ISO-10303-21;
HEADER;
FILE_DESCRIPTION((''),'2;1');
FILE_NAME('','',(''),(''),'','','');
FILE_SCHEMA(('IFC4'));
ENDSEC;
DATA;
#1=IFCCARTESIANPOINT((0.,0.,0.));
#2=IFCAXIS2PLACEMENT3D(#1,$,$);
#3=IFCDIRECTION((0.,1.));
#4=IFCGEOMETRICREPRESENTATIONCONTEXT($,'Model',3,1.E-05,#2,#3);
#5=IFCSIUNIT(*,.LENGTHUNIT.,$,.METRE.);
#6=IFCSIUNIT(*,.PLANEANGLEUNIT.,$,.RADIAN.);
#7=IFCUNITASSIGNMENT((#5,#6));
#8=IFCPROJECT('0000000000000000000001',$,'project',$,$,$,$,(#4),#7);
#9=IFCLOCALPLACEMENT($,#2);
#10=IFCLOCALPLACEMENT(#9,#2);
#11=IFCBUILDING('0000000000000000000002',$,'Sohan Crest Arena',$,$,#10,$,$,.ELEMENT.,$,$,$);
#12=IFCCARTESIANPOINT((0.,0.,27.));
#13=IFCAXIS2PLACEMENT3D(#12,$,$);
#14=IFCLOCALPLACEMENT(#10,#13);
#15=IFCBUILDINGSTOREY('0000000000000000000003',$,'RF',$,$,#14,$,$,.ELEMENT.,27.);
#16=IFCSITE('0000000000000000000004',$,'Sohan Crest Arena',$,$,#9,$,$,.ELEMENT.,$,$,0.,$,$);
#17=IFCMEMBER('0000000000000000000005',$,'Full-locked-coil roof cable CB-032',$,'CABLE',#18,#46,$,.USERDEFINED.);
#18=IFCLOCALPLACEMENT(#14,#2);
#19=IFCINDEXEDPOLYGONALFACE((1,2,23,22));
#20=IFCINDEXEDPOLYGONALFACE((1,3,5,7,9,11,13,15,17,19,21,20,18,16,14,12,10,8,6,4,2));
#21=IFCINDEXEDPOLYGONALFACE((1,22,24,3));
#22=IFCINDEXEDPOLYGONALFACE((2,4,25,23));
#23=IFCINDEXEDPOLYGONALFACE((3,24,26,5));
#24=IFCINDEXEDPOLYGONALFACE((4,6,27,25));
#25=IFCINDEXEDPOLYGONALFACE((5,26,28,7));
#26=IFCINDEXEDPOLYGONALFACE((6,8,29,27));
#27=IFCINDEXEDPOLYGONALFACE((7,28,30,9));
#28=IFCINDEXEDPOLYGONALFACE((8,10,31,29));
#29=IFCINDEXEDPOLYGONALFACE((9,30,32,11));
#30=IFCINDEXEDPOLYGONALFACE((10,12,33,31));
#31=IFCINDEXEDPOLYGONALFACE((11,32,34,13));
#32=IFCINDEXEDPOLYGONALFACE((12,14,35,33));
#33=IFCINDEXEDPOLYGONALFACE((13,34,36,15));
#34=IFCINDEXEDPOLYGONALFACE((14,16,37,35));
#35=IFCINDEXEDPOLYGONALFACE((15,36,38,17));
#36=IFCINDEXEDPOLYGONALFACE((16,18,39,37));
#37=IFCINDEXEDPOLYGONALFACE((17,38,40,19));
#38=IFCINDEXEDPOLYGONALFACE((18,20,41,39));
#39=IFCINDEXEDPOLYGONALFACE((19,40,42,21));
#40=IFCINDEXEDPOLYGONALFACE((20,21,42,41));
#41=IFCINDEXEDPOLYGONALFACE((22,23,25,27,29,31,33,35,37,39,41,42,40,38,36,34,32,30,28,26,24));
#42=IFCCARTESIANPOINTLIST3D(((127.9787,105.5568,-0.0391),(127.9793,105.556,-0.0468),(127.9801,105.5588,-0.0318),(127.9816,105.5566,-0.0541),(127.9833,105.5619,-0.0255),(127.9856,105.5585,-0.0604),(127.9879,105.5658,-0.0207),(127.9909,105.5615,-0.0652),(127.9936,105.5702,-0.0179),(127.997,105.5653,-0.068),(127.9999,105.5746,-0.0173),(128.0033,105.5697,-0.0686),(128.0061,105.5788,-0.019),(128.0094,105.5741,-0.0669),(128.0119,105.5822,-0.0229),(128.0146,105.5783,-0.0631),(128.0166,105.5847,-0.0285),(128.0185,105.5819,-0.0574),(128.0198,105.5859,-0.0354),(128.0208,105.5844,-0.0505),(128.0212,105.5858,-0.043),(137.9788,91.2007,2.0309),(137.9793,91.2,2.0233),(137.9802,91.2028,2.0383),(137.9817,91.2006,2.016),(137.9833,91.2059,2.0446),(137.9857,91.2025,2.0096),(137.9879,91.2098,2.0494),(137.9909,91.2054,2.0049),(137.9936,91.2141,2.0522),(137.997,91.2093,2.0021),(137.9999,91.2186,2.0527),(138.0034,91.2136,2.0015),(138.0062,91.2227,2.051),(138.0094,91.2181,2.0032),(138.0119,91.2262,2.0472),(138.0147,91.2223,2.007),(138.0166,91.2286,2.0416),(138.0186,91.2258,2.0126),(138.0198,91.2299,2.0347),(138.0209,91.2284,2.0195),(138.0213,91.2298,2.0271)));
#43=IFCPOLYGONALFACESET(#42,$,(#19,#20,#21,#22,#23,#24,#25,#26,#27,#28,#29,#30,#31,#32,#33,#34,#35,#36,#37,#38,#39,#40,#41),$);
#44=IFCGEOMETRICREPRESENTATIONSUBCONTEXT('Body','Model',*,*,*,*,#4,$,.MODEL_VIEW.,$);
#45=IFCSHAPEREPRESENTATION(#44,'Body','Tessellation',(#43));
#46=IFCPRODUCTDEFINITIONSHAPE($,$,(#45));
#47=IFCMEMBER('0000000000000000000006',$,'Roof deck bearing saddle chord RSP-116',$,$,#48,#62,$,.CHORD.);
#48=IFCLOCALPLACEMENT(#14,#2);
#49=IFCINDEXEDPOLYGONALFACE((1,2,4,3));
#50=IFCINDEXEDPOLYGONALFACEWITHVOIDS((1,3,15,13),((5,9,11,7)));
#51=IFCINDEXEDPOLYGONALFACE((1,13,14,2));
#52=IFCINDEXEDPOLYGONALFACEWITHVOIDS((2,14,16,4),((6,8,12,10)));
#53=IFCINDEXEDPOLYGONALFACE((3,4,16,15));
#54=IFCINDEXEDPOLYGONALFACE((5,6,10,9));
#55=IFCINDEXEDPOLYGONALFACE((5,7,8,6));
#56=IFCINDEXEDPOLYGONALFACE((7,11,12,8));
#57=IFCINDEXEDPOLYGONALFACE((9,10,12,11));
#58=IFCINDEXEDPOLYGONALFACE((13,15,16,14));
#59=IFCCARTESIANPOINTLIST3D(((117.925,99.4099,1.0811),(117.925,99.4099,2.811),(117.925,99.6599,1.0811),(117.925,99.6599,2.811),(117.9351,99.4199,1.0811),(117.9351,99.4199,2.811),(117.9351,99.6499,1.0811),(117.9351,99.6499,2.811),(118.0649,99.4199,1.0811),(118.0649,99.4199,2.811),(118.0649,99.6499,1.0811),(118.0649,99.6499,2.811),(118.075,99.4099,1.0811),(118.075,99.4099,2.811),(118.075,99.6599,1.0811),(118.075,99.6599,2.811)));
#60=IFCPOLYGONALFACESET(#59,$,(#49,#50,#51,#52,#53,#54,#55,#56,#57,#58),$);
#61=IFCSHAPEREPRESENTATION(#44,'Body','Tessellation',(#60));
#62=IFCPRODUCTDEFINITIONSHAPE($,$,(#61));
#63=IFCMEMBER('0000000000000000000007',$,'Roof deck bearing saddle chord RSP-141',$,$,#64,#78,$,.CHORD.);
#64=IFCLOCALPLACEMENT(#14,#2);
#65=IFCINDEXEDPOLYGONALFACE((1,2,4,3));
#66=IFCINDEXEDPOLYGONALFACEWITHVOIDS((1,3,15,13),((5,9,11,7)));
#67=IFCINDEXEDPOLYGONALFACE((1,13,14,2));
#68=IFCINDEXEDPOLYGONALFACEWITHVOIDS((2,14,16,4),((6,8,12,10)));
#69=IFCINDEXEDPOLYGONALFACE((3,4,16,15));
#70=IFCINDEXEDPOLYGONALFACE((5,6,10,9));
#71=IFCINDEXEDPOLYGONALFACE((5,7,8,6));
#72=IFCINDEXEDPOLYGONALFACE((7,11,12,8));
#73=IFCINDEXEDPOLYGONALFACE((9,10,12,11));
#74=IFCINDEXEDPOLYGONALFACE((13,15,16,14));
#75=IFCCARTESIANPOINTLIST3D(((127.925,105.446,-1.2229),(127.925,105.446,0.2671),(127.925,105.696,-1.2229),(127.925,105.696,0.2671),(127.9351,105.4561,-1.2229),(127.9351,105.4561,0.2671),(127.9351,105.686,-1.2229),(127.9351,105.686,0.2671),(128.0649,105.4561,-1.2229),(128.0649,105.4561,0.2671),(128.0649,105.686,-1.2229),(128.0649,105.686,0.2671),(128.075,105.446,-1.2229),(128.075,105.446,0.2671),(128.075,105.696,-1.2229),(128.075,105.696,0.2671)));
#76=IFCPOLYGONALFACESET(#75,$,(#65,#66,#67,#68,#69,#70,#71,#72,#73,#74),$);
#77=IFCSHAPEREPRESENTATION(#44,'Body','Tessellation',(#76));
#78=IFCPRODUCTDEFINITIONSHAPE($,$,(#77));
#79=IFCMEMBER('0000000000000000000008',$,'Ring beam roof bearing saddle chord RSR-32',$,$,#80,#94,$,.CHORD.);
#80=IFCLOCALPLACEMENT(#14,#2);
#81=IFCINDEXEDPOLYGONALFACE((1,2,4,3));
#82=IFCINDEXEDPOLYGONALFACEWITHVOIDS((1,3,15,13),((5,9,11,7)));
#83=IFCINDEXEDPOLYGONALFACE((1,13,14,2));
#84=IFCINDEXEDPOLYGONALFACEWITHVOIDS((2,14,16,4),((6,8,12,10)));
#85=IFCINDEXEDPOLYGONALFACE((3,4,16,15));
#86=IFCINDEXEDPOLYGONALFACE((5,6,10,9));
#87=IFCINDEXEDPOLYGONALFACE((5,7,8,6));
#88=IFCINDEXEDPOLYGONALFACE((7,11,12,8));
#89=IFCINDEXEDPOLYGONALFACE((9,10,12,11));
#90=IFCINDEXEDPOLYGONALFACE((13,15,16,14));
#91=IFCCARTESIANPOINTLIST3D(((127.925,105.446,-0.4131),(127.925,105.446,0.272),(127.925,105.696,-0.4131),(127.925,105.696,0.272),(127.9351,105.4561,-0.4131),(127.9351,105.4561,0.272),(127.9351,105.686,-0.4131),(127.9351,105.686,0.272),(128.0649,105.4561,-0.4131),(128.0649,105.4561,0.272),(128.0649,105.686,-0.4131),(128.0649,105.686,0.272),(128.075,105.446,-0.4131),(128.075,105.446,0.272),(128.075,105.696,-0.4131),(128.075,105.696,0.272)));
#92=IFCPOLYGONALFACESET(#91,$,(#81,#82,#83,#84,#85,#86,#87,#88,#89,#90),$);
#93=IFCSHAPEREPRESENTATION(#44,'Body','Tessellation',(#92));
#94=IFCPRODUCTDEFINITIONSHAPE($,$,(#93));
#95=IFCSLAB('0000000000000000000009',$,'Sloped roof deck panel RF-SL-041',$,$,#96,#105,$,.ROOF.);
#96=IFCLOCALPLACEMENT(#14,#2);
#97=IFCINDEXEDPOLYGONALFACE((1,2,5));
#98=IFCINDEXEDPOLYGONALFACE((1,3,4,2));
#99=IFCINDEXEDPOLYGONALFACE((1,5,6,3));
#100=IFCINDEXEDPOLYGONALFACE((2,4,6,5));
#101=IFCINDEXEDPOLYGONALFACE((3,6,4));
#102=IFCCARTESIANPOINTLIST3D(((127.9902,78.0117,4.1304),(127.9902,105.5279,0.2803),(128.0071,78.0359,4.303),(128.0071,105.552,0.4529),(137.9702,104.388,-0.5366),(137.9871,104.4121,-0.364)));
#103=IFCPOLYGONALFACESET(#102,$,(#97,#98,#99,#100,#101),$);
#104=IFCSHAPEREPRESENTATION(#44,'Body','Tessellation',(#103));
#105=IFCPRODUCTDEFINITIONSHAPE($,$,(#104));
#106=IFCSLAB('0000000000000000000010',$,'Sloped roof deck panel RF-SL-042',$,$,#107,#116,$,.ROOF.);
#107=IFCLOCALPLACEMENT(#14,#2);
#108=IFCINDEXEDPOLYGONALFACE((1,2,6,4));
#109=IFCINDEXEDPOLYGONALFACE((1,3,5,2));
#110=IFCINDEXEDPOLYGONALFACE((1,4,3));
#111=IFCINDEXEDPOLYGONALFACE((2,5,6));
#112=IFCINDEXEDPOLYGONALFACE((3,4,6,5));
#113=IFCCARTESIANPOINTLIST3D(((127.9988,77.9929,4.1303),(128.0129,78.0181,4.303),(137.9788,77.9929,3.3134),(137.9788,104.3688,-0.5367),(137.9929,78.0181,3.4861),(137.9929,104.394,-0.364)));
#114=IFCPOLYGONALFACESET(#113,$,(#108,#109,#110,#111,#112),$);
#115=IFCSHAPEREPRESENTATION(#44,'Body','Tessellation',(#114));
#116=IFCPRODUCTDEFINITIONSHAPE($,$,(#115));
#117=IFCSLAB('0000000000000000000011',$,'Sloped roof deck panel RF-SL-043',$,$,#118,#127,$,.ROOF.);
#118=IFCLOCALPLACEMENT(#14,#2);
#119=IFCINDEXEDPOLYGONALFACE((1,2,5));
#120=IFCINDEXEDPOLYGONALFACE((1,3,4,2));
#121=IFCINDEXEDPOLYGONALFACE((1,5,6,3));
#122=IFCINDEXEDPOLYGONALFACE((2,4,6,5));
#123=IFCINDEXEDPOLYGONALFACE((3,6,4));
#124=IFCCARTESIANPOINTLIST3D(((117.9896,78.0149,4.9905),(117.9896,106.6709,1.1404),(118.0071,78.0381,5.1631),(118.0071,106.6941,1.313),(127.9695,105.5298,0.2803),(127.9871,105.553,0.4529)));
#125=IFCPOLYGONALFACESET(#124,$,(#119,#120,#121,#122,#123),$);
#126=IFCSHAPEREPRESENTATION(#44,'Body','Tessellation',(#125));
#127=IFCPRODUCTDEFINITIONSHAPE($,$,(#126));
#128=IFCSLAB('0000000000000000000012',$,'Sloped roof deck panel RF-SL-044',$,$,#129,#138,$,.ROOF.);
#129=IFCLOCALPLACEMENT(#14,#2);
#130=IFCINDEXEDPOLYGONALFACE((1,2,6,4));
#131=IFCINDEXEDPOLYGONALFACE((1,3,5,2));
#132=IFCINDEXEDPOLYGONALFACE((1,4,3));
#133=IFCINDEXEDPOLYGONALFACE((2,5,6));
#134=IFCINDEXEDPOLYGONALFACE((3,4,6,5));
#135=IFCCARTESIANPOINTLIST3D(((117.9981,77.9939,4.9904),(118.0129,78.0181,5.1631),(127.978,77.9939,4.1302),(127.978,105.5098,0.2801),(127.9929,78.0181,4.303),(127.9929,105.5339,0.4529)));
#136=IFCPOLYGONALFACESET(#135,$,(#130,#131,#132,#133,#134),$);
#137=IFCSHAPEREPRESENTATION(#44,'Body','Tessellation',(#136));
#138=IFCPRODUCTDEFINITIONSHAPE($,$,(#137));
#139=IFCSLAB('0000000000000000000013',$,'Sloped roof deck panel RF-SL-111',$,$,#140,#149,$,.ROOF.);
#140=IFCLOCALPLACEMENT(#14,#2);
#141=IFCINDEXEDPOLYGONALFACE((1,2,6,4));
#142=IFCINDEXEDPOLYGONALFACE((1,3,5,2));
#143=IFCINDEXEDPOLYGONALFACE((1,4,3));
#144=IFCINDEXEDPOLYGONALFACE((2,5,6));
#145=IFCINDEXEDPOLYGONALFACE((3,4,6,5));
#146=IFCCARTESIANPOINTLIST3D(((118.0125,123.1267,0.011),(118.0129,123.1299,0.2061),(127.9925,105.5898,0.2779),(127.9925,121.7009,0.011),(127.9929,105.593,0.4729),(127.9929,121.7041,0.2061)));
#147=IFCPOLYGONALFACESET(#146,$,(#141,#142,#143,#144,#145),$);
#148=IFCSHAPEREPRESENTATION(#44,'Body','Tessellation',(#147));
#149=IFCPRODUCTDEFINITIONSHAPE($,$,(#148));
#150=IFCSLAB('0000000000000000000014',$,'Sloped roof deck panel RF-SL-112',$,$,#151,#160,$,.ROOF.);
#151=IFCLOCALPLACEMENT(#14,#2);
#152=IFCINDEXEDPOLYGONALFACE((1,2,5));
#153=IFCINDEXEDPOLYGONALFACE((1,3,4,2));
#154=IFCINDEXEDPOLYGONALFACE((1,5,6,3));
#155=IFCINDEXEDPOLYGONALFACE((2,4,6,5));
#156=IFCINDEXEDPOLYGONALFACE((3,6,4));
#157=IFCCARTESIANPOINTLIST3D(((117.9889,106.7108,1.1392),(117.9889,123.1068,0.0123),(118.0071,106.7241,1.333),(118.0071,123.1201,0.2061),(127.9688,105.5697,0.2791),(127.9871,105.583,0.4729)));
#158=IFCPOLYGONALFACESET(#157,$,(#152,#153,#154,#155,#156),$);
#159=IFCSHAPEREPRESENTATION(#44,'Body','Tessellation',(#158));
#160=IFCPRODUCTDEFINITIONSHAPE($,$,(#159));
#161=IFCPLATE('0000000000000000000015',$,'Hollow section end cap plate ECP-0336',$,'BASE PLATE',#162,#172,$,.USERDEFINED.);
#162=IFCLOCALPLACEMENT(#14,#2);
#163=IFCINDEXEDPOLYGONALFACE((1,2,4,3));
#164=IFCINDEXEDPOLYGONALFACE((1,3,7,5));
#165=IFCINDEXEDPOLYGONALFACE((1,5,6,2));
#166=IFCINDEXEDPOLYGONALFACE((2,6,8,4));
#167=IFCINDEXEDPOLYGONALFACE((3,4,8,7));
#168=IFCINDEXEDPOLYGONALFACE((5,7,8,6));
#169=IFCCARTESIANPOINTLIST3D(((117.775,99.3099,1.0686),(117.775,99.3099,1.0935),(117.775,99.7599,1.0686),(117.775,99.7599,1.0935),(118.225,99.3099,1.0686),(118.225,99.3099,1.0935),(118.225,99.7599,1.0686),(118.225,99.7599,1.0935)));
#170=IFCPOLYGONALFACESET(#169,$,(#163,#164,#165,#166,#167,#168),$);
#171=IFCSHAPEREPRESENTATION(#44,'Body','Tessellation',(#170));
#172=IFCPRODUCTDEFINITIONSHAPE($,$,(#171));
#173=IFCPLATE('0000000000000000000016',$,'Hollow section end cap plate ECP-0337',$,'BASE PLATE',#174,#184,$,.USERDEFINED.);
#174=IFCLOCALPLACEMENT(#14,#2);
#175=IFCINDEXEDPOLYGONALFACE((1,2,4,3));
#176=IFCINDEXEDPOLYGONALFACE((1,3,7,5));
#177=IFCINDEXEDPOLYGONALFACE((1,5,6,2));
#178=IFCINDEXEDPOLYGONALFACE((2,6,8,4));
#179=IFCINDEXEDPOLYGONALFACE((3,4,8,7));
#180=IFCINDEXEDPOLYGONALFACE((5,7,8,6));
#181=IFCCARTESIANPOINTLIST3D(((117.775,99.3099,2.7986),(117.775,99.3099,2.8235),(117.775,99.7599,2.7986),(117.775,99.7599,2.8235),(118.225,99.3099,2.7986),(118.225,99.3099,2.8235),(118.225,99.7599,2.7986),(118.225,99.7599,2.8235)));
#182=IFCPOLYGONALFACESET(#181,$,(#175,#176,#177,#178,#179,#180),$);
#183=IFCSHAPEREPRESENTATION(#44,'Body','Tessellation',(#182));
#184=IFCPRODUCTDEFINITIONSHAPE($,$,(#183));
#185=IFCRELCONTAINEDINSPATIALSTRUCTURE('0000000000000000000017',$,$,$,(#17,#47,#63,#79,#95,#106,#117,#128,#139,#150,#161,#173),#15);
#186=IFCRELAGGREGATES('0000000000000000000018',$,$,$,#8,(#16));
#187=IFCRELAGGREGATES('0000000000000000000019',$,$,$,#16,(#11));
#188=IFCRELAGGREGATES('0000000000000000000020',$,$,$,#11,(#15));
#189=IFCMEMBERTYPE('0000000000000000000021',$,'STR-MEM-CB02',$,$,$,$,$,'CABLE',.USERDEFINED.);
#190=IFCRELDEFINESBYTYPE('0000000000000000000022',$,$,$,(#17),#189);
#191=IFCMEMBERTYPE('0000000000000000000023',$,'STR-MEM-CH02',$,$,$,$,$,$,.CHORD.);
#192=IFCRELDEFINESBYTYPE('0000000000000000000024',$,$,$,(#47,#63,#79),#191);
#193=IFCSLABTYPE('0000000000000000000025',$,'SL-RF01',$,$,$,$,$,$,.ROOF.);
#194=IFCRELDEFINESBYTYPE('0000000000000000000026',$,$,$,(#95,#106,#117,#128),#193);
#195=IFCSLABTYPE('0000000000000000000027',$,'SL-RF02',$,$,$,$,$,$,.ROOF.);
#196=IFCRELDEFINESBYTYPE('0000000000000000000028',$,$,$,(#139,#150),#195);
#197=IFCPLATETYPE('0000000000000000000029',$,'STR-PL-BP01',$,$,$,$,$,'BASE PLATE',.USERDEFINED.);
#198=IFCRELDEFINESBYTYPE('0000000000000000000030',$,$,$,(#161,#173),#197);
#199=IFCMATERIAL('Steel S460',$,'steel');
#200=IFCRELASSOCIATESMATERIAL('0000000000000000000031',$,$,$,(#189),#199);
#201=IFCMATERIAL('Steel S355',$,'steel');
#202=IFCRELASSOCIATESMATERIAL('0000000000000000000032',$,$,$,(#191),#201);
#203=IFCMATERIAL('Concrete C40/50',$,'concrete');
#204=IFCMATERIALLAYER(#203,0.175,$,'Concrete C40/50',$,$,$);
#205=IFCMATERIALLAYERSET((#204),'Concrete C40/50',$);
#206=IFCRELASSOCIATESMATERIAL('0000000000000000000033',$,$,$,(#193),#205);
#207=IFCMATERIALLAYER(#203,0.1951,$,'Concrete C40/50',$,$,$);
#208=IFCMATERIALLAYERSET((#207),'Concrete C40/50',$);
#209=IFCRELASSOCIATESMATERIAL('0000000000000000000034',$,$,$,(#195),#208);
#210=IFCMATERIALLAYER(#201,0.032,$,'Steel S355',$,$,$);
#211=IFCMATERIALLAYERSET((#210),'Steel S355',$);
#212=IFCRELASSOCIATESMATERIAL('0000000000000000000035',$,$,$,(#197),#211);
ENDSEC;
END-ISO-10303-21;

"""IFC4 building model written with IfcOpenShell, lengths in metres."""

from ifc_helpers import new_model, si_unit, direction, frame, origin, origin_2d, place, context, subcontext, project, spatial, polyline, rectangle, hollow_rectangle, circle, outline, extrude, material, layer, layer_set, material_profile, profile_set, type_object, element, save


model = new_model("IFC4")

# Units and contexts
model_context = context("Model", 3, precision=1e-05, world=origin(), true_north=direction((0.0, 1.0)))
body_context = subcontext(model_context, "Body", "Model", "MODEL_VIEW")
ifc_project = project(units=[si_unit("LENGTHUNIT", "METRE"), si_unit("PLANEANGLEUNIT", "RADIAN")], contexts=[model_context])

# Site, building, storey
site_placement = place(None, origin())
site = spatial("IfcSite", under=ifc_project, at=site_placement, Name="Sohan Crest Arena", CompositionType="ELEMENT", RefElevation=0.0)
building_placement = place(site_placement, origin())
building = spatial("IfcBuilding", under=site, at=building_placement, Name="Sohan Crest Arena", CompositionType="ELEMENT")
storey_placement = place(building_placement, frame((0.0, 0.0, 27.0)))
storey = spatial("IfcBuildingStorey", under=building, at=storey_placement, Name="RF", CompositionType="ELEMENT", Elevation=27.0)

# Shared definitions
ifc_material_1 = material(Name="Steel S355", Category="steel")

# Members
ifc_material_2 = material(Name="Steel S460", Category="steel")
ifc_material_profile_1 = material_profile(ifc_material_2, circle(Radius=0.0259, at=origin_2d()), Name="FLC D52")
ifc_profile_set_1 = profile_set([ifc_material_profile_1], Name="Steel S460")
member_type_1 = type_object("IfcMemberType", Name="STR-MEM-CB02", ElementType="CABLE", PredefinedType="USERDEFINED", material=ifc_profile_set_1)
member_1_placement = place(storey_placement, frame((128.0, 105.571, -0.043), z_axis=(0.567615, -0.814866, 0.1175), x_axis=(0.82055, 0.571575, 0.0)))
element("IfcMember", 1, at=member_1_placement, inside=storey, type_object=member_type_1, Name="Full-locked-coil roof cable CB-032", ObjectType="CABLE", PredefinedType="USERDEFINED", context=body_context, shape_type="SweptSolid", body=[
    extrude(circle(Radius=0.0259, at=origin_2d()), origin(), (0.0, 0.0, 1.0), 17.6177),
])
ifc_material_profile_2 = material_profile(ifc_material_1, hollow_rectangle(XDim=0.1499, YDim=0.25, WallThickness=0.01, at=origin_2d()), Name="RHS 250x150x10")
ifc_profile_set_2 = profile_set([ifc_material_profile_2], Name="Steel S355")
member_type_2 = type_object("IfcMemberType", Name="STR-MEM-CH02", PredefinedType="CHORD", material=ifc_profile_set_2)
member_2_placement = place(storey_placement, frame((118.0, 99.5349, 1.0811), z_axis=(0.0, 0.0, 1.0), x_axis=(1.0, 0.0, 0.0)))
element("IfcMember", 2, at=member_2_placement, inside=storey, type_object=member_type_2, Name="Roof deck bearing saddle chord RSP-116", PredefinedType="CHORD", context=body_context, shape_type="SweptSolid", body=[
    extrude(hollow_rectangle(XDim=0.1499, YDim=0.25, WallThickness=0.01, at=origin_2d()), origin(), (0.0, 0.0, 1.0), 1.73),
])
member_3_placement = place(storey_placement, frame((128.0, 105.571, -1.2229), z_axis=(0.0, 0.0, 1.0), x_axis=(1.0, 0.0, 0.0)))
element("IfcMember", 3, at=member_3_placement, inside=storey, type_object=member_type_2, Name="Roof deck bearing saddle chord RSP-141", PredefinedType="CHORD", context=body_context, shape_type="SweptSolid", body=[
    extrude(hollow_rectangle(XDim=0.1499, YDim=0.25, WallThickness=0.01, at=origin_2d()), origin(), (0.0, 0.0, 1.0), 1.49),
])
member_4_placement = place(storey_placement, frame((128.0, 105.571, -0.4131), z_axis=(0.0, 0.0, 1.0), x_axis=(1.0, 0.0, 0.0)))
element("IfcMember", 4, at=member_4_placement, inside=storey, type_object=member_type_2, Name="Ring beam roof bearing saddle chord RSR-32", PredefinedType="CHORD", context=body_context, shape_type="SweptSolid", body=[
    extrude(hollow_rectangle(XDim=0.1499, YDim=0.25, WallThickness=0.01, at=origin_2d()), origin(), (0.0, 0.0, 1.0), 0.6851),
])

# Slabs
ifc_material_3 = material(Name="Concrete C40/50", Category="concrete")
ifc_layer_1 = layer(ifc_material_3, 0.175, Name="Concrete C40/50")
ifc_layer_set_1 = layer_set([ifc_layer_1], Name="Concrete C40/50")
slab_type_1 = type_object("IfcSlabType", Name="SL-RF01", PredefinedType="ROOF", material=ifc_layer_set_1)
slab_1_placement = place(storey_placement, frame((137.9871, 104.4121, -0.364), z_axis=(0.096439, 0.137926, 0.985736), x_axis=(-0.990271, 0.113107, 0.081057)))
element("IfcSlab", 5, at=slab_1_placement, inside=storey, type_object=slab_type_1, Name="Sloped roof deck panel RF-SL-041", PredefinedType="ROOF", context=body_context, shape_type="SweptSolid", body=[
    extrude(outline(polyline([(0.0, 0.0), (10.078, 0.0), (7.2779, 27.6427), (0.0, 0.0)])), origin(), (0.0, 0.0, -1.0), 0.175),
])
slab_2_placement = place(storey_placement, frame((137.9929, 104.394, -0.364), z_axis=(0.080731, 0.143968, 0.986284), x_axis=(-0.34914, -0.922737, 0.16327)))
element("IfcSlab", 6, at=slab_2_placement, inside=storey, type_object=slab_type_1, Name="Sloped roof deck panel RF-SL-042", PredefinedType="ROOF", context=body_context, shape_type="SweptSolid", body=[
    extrude(outline(polyline([(0.0, 0.0), (28.5845, 0.0), (24.9667, 9.337), (0.0, 0.0)])), origin(), (0.0, 0.0, -1.0), 0.175),
])
slab_3_placement = place(storey_placement, frame((127.9871, 105.553, 0.4529), z_axis=(0.100135, 0.13249, 0.986113), x_axis=(-0.989904, 0.113186, 0.085313)))
element("IfcSlab", 7, at=slab_3_placement, inside=storey, type_object=slab_type_1, Name="Sloped roof deck panel RF-SL-043", PredefinedType="ROOF", context=body_context, shape_type="SweptSolid", body=[
    extrude(outline(polyline([(0.0, 0.0), (10.0818, 0.0), (7.1668, 28.7662), (0.0, 0.0)])), origin(), (0.0, 0.0, -1.0), 0.175),
])
slab_4_placement = place(storey_placement, frame((127.9929, 105.5339, 0.4529), z_axis=(0.085043, 0.138071, 0.986765), x_axis=(-0.336634, -0.928135, 0.158879)))
element("IfcSlab", 8, at=slab_4_placement, inside=storey, type_object=slab_type_1, Name="Sloped roof deck panel RF-SL-044", PredefinedType="ROOF", context=body_context, shape_type="SweptSolid", body=[
    extrude(outline(polyline([(0.0, 0.0), (29.6464, 0.0), (26.1501, 9.387), (0.0, 0.0)])), origin(), (0.0, 0.0, -1.0), 0.175),
])
ifc_layer_2 = layer(ifc_material_3, 0.1951, Name="Concrete C40/50")
ifc_layer_set_2 = layer_set([ifc_layer_2], Name="Concrete C40/50")
slab_type_2 = type_object("IfcSlabType", Name="SL-RF02", PredefinedType="ROOF", material=ifc_layer_set_2)
slab_5_placement = place(storey_placement, frame((127.9929, 105.593, 0.4729), z_axis=(0.002366, 0.016561, 0.99986), x_axis=(0.0, 0.999863, -0.016561)))
element("IfcSlab", 9, at=slab_5_placement, inside=storey, type_object=slab_type_2, Name="Sloped roof deck panel RF-SL-111", PredefinedType="ROOF", context=body_context, shape_type="SweptSolid", body=[
    extrude(outline(polyline([(0.0, 0.0), (16.1133, 0.0), (17.5389, 9.98), (0.0, 0.0)])), origin(), (0.0, 0.0, -1.0), 0.1951),
])
slab_6_placement = place(storey_placement, frame((127.9871, 105.583, 0.4729), z_axis=(0.093411, 0.068272, 0.993284), x_axis=(-0.494555, 0.869046, -0.013223)))
element("IfcSlab", 10, at=slab_6_placement, inside=storey, type_object=slab_type_2, Name="Sloped roof deck panel RF-SL-112", PredefinedType="ROOF", context=body_context, shape_type="SweptSolid", body=[
    extrude(outline(polyline([(0.0, 0.0), (20.1797, 0.0), (5.916, 8.1635), (0.0, 0.0)])), origin(), (0.0, 0.0, -1.0), 0.1951),
])

# Plates
ifc_layer_3 = layer(ifc_material_1, 0.032, Name="Steel S355")
ifc_layer_set_3 = layer_set([ifc_layer_3], Name="Steel S355")
plate_type_1 = type_object("IfcPlateType", Name="STR-PL-BP01", ElementType="BASE PLATE", PredefinedType="USERDEFINED", material=ifc_layer_set_3)
for number, where, z_axis, x_axis, name in (
    (11, (118.0, 99.5349, 1.0686), (0.0, 0.0, 1.0), (1.0, 0.0, 0.0), "Hollow section end cap plate ECP-0336"),
    (12, (118.0, 99.5349, 2.7986), (0.0, 0.0, 1.0), (1.0, 0.0, 0.0), "Hollow section end cap plate ECP-0337"),
):
    element("IfcPlate", number, at=place(storey_placement, frame(where, z_axis=z_axis, x_axis=x_axis)), inside=storey, type_object=plate_type_1, Name=name, ObjectType="BASE PLATE", PredefinedType="USERDEFINED", context=body_context, shape_type="SweptSolid", body=[
        extrude(rectangle(XDim=0.45, YDim=0.45, at=origin_2d()), origin(), (0.0, 0.0, 1.0), 0.0249),
    ])

save(model, "model.ifc")
